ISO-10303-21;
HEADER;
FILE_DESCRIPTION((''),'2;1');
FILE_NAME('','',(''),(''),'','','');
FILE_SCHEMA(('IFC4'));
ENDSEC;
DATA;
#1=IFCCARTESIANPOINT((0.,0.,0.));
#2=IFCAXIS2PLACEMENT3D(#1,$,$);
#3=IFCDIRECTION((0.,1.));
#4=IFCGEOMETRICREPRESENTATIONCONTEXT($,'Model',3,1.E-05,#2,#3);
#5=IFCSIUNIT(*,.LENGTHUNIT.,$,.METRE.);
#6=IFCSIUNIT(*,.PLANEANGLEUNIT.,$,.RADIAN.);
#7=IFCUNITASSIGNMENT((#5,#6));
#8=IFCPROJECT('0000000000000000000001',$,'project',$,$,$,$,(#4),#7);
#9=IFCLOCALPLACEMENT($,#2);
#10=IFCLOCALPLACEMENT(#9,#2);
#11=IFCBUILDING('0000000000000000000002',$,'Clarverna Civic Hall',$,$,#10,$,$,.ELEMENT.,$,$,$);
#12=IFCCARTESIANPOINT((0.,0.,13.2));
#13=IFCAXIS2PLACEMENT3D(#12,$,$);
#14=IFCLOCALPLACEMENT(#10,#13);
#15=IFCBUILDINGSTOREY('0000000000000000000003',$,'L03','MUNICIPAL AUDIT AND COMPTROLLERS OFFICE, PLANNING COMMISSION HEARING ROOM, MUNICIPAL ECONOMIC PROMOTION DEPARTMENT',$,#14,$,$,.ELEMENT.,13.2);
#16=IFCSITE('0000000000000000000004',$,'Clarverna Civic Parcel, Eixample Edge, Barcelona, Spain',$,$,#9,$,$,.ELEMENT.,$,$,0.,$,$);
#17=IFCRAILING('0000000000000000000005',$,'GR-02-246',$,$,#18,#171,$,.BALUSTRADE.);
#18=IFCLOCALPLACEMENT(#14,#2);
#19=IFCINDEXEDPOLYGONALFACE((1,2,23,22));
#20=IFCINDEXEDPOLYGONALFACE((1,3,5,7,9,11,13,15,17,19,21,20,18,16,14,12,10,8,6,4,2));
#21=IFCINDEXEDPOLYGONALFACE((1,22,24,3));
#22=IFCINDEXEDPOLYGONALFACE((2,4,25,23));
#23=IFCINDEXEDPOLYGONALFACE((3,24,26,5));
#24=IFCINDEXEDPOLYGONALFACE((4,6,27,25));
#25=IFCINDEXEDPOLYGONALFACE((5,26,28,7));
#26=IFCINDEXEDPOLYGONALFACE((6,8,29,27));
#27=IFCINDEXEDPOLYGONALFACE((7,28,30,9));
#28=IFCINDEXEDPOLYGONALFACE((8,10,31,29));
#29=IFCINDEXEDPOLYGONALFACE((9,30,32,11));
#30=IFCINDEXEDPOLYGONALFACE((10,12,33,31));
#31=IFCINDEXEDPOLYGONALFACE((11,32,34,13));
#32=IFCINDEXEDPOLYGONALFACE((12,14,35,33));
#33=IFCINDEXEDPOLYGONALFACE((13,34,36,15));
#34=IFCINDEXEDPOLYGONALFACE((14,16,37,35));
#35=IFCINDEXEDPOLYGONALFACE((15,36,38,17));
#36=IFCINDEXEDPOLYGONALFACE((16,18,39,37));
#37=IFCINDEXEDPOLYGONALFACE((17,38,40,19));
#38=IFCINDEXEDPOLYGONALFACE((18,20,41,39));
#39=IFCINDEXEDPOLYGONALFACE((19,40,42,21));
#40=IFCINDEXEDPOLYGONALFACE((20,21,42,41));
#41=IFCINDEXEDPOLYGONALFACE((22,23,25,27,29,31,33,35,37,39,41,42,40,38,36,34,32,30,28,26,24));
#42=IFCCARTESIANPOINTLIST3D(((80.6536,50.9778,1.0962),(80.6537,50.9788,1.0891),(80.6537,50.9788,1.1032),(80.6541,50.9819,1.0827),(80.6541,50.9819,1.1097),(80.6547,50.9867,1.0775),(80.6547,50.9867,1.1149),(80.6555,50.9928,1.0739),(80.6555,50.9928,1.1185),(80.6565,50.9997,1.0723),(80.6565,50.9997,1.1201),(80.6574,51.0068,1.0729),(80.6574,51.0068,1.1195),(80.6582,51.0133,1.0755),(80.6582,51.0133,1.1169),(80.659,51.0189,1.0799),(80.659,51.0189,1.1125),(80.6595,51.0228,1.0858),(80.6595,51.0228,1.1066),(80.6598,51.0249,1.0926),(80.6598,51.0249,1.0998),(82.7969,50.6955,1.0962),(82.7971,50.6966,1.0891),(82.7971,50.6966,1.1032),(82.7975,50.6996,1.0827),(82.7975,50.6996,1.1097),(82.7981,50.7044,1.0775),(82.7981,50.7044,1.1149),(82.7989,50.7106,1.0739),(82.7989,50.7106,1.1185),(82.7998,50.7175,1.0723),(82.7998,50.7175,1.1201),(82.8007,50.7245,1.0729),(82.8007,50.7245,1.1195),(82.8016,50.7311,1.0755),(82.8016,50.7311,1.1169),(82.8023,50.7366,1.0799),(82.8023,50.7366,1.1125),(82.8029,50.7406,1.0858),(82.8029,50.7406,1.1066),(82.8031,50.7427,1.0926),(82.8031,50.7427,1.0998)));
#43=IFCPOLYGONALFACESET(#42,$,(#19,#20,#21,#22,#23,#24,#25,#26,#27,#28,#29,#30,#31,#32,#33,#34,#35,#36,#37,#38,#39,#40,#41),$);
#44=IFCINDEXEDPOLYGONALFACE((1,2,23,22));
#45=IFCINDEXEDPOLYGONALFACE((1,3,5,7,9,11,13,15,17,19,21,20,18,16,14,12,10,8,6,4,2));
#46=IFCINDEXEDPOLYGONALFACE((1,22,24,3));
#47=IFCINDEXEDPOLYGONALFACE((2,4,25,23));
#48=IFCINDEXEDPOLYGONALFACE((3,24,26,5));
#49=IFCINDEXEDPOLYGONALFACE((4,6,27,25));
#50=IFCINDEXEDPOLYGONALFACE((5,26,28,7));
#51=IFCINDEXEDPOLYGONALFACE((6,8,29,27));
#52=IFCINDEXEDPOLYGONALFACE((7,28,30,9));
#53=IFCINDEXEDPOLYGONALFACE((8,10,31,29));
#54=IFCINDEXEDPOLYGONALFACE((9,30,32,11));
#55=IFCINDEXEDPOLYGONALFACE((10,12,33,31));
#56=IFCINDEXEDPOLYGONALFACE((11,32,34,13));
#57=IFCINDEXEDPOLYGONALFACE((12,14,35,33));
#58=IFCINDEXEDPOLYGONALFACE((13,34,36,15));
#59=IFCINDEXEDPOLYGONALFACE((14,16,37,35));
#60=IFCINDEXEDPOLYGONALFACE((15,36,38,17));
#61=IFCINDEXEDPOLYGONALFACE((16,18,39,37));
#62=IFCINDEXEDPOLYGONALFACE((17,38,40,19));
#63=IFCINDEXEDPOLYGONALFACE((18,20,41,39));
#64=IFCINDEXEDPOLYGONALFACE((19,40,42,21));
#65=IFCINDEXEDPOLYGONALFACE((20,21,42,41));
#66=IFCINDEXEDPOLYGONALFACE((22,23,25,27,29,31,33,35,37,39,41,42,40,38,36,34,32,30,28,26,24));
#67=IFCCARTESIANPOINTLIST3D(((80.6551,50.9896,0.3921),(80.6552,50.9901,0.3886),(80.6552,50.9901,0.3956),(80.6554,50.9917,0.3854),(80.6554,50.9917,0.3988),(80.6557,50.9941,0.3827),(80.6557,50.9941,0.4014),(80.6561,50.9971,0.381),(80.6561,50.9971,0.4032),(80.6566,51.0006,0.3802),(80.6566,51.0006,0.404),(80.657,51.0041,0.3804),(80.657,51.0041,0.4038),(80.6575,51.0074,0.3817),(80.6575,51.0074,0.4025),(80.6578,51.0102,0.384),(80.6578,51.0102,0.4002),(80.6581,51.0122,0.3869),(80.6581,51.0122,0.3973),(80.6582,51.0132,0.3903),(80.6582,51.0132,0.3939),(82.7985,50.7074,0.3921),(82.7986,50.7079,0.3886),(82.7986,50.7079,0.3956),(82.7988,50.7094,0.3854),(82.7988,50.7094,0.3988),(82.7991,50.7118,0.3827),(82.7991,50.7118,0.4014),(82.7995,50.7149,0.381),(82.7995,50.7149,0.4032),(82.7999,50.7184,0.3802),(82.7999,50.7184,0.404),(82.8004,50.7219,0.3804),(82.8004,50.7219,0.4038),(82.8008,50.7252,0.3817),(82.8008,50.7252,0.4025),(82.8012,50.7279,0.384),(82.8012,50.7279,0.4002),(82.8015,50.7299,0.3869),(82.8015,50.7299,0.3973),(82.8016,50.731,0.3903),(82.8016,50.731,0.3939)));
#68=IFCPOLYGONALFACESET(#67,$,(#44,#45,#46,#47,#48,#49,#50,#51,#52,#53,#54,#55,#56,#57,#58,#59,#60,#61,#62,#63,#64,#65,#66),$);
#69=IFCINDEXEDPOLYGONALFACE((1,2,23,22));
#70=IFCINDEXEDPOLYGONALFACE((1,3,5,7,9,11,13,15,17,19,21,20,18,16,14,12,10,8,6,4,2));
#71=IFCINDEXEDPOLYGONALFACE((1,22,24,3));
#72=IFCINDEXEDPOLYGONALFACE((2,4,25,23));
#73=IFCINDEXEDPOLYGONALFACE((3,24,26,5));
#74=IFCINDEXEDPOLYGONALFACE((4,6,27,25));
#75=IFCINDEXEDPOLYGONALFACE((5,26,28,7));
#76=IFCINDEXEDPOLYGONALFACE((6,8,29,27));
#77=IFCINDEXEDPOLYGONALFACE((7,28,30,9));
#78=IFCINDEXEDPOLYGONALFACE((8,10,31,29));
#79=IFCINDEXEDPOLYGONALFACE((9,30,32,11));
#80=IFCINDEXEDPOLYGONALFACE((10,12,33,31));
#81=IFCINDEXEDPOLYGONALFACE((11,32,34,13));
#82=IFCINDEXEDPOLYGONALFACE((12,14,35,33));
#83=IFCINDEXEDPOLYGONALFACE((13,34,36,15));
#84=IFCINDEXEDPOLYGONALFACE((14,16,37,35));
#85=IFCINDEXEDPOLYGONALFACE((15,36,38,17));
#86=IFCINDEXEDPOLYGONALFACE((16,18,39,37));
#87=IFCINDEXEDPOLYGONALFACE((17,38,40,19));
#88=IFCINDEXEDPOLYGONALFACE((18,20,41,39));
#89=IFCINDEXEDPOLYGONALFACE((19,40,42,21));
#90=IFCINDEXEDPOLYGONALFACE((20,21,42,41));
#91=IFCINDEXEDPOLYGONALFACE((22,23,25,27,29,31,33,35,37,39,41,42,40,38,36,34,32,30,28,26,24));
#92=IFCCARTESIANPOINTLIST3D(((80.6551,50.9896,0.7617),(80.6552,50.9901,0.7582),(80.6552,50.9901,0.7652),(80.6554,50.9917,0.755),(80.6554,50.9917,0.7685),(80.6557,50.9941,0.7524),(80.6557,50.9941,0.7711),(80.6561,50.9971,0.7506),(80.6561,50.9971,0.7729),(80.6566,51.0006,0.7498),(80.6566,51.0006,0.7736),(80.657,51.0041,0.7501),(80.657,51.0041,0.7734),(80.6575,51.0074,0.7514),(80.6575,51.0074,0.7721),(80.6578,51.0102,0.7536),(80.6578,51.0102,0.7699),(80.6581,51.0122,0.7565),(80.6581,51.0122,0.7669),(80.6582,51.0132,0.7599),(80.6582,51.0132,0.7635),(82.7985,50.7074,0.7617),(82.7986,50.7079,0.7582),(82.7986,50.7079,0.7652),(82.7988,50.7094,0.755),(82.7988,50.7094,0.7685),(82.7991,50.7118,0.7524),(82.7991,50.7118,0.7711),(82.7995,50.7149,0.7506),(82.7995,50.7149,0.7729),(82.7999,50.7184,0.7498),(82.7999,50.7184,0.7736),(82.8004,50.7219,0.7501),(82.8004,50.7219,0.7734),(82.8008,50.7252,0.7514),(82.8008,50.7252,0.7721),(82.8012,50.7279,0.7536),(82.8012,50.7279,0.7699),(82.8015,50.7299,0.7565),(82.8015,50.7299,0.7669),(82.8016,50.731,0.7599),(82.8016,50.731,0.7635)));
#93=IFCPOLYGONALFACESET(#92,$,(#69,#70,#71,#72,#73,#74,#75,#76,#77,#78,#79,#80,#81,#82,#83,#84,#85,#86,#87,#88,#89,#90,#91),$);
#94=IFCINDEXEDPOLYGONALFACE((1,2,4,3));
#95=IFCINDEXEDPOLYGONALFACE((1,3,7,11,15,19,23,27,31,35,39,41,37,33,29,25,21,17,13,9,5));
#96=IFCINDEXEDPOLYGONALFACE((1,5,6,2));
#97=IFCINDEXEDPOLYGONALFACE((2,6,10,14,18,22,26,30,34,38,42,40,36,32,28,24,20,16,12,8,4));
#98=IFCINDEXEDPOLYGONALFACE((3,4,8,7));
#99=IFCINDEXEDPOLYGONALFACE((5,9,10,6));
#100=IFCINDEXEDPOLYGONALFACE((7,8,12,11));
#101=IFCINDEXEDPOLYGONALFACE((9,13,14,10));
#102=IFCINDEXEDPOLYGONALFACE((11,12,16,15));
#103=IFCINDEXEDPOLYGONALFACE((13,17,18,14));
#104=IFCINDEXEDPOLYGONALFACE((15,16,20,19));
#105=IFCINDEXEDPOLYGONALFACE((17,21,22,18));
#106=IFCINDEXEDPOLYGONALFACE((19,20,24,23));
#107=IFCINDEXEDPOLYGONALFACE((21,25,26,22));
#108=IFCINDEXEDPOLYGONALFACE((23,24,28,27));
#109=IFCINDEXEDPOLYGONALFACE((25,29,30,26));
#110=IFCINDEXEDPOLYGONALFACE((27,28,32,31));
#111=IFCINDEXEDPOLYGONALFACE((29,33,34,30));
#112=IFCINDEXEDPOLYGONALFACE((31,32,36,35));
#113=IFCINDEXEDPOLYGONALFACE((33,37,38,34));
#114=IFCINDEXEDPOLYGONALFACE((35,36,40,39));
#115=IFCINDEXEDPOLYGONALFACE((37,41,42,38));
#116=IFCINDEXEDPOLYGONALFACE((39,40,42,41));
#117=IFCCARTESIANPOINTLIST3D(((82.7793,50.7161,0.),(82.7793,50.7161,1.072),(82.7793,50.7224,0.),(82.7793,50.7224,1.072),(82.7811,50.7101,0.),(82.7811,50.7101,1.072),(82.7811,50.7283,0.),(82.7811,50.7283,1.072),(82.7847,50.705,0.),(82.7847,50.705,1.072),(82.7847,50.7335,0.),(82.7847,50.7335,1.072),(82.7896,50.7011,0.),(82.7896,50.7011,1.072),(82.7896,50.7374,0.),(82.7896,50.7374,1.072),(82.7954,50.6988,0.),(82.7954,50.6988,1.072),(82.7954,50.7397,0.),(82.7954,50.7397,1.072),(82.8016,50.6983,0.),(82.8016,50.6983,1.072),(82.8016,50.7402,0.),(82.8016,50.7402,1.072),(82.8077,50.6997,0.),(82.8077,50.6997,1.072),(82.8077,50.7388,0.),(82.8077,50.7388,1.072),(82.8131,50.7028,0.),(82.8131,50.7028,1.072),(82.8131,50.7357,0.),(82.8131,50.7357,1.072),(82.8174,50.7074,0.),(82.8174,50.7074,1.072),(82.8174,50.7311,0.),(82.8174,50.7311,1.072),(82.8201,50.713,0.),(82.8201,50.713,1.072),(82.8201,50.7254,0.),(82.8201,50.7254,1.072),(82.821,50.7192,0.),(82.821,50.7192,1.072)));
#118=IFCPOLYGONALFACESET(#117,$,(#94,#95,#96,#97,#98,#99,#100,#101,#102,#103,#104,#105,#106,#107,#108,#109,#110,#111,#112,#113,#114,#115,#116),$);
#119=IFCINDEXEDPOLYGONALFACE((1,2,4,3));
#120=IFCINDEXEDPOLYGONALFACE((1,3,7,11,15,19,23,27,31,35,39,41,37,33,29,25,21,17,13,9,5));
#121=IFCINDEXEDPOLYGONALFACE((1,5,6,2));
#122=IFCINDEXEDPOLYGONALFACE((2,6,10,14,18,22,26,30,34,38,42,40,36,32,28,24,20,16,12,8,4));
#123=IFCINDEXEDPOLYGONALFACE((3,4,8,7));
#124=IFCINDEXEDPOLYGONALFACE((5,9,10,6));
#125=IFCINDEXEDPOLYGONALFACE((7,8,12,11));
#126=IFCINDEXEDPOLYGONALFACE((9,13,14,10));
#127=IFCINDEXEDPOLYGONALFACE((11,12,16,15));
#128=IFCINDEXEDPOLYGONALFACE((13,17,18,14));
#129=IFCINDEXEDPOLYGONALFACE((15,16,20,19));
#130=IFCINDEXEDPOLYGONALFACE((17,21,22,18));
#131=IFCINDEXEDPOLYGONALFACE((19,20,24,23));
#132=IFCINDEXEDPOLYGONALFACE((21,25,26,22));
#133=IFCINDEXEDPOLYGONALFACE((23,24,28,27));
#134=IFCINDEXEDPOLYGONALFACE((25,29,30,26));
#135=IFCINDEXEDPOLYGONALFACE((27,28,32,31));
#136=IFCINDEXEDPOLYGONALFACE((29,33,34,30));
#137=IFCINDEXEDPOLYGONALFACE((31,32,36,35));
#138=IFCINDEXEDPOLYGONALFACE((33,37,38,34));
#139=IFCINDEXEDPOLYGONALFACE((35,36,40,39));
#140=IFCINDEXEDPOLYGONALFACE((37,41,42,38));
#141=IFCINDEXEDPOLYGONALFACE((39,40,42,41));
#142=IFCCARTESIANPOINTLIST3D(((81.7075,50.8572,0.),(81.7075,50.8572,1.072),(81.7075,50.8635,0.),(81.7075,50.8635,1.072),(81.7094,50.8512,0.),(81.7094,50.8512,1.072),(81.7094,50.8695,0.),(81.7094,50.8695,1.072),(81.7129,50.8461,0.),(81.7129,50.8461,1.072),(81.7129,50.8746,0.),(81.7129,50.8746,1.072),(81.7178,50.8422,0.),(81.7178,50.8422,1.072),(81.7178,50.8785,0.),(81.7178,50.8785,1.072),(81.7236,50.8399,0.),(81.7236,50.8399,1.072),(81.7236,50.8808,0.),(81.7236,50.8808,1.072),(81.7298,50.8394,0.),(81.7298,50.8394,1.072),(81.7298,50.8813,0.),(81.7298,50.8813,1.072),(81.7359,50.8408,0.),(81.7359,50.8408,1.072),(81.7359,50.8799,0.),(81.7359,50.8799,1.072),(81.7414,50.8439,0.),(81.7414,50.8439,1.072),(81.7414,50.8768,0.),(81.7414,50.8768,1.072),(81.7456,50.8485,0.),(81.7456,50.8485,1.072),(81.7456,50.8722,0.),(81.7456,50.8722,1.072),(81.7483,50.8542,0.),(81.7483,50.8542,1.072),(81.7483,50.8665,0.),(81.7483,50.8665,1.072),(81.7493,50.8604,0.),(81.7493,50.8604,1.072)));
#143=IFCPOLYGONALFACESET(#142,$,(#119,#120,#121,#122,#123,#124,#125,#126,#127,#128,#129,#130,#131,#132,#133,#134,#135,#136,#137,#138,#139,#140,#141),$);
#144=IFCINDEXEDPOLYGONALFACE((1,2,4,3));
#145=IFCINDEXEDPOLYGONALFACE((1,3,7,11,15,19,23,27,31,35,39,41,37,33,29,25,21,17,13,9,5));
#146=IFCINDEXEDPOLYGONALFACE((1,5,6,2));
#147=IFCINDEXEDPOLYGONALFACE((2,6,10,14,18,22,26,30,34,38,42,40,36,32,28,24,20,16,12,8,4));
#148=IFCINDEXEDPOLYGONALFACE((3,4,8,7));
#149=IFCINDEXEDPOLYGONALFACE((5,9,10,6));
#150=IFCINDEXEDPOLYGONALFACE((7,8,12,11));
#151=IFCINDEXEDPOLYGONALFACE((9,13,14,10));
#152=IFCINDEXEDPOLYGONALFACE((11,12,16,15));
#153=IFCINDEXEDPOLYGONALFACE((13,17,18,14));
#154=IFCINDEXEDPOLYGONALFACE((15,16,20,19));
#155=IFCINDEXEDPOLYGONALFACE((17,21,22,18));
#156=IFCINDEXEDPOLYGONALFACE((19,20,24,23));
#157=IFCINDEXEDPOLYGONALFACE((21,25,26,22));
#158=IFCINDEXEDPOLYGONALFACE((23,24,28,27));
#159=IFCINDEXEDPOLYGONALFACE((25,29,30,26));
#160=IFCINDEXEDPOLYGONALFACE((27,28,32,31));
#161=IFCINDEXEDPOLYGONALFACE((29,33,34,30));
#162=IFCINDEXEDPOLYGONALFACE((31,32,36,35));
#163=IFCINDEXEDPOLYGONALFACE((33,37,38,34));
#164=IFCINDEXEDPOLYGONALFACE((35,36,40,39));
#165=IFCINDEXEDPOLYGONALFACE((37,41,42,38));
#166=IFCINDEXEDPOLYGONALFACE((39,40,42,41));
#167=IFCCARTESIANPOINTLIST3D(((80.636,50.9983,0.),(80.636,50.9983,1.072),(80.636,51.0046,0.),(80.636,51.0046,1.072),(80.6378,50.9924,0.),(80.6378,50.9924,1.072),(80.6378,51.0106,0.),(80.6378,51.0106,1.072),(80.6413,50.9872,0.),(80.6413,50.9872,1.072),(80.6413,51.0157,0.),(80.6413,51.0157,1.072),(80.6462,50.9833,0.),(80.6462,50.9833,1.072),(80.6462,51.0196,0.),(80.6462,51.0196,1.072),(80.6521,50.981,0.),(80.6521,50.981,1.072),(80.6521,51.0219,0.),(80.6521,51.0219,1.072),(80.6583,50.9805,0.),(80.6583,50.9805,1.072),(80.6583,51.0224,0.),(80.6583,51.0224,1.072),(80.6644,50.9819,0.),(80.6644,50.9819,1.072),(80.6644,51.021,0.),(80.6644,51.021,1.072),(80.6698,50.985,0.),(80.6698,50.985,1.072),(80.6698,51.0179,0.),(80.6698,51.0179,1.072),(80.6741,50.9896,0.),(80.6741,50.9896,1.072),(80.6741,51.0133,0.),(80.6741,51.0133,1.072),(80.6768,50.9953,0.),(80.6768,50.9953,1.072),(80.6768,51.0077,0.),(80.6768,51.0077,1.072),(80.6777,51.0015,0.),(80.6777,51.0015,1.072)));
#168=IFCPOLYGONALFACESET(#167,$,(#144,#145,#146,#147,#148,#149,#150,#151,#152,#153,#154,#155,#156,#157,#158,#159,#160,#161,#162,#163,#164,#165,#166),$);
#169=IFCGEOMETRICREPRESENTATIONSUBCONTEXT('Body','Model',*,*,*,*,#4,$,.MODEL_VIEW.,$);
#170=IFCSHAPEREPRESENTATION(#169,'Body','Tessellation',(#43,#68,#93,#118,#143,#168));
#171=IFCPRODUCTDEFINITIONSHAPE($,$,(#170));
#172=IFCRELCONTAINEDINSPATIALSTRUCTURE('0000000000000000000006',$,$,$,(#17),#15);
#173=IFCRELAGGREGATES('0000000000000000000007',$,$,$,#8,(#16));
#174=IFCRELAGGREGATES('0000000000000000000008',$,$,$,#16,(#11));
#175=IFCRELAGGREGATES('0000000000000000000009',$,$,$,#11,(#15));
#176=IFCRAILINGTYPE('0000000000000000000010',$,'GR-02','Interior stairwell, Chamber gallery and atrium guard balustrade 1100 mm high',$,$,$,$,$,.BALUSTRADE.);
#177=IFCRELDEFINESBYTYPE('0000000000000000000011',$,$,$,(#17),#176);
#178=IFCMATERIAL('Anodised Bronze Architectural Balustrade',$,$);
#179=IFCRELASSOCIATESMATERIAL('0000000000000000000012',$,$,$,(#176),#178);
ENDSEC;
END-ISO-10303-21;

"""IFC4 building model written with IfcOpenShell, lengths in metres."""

from ifc_helpers import new_model, si_unit, direction, frame, origin, origin_2d, place, context, subcontext, project, spatial, circle, extrude, material, type_object, element, save


model = new_model("IFC4")

# Units and contexts
model_context = context("Model", 3, precision=1e-05, world=origin(), true_north=direction((0.0, 1.0)))
body_context = subcontext(model_context, "Body", "Model", "MODEL_VIEW")
ifc_project = project(units=[si_unit("LENGTHUNIT", "METRE"), si_unit("PLANEANGLEUNIT", "RADIAN")], contexts=[model_context])

# Site, building, storey
site_placement = place(None, origin())
site = spatial("IfcSite", under=ifc_project, at=site_placement, Name="Clarverna Civic Parcel, Eixample Edge, Barcelona, Spain", CompositionType="ELEMENT", RefElevation=0.0)
building_placement = place(site_placement, origin())
building = spatial("IfcBuilding", under=site, at=building_placement, Name="Clarverna Civic Hall", CompositionType="ELEMENT")
storey_placement = place(building_placement, frame((0.0, 0.0, 13.2)))
storey = spatial("IfcBuildingStorey", under=building, at=storey_placement, Name="L03", Description="MUNICIPAL AUDIT AND COMPTROLLERS OFFICE, PLANNING COMMISSION HEARING ROOM, MUNICIPAL ECONOMIC PROMOTION DEPARTMENT", CompositionType="ELEMENT", Elevation=13.2)

# Railing
ifc_material_1 = material(Name="Anodised Bronze Architectural Balustrade")
railing_type = type_object("IfcRailingType", Name="GR-02", Description="Interior stairwell, Chamber gallery and atrium guard balustrade 1100 mm high", PredefinedType="BALUSTRADE", material=ifc_material_1)
railing_1_placement = place(storey_placement, frame((82.8, 50.7192, 0.0)))
element("IfcRailing", 1, at=railing_1_placement, inside=storey, type_object=railing_type, Name="GR-02-246", PredefinedType="BALUSTRADE", context=body_context, shape_type="SweptSolid", body=[
    extrude(circle(Radius=0.0239, at=origin_2d()), frame((0.0, 0.0, 1.0962), z_axis=(-0.991442, 0.130551, 0.0), x_axis=(-0.130551, -0.991442, 0.0)), (0.0, 0.0, 1.0), 2.1619),
    extrude(circle(Radius=0.012, at=origin_2d()), frame((0.0, 0.0, 0.3921), z_axis=(-0.991442, 0.130551, 0.0), x_axis=(-0.130551, -0.991442, 0.0)), (0.0, 0.0, 1.0), 2.1619),
    extrude(circle(Radius=0.012, at=origin_2d()), frame((0.0, 0.0, 0.7617), z_axis=(-0.991442, 0.130551, 0.0), x_axis=(-0.130551, -0.991442, 0.0)), (0.0, 0.0, 1.0), 2.1619),
    extrude(circle(Radius=0.021, at=origin_2d()), origin(), (0.0, 0.0, 1.0), 1.072),
    extrude(circle(Radius=0.021, at=origin_2d()), frame((-1.0718, 0.1411, 0.0)), (0.0, 0.0, 1.0), 1.072),
    extrude(circle(Radius=0.021, at=origin_2d()), frame((-2.1433, 0.2822, 0.0)), (0.0, 0.0, 1.0), 1.072),
])

save(model, "model.ifc")
